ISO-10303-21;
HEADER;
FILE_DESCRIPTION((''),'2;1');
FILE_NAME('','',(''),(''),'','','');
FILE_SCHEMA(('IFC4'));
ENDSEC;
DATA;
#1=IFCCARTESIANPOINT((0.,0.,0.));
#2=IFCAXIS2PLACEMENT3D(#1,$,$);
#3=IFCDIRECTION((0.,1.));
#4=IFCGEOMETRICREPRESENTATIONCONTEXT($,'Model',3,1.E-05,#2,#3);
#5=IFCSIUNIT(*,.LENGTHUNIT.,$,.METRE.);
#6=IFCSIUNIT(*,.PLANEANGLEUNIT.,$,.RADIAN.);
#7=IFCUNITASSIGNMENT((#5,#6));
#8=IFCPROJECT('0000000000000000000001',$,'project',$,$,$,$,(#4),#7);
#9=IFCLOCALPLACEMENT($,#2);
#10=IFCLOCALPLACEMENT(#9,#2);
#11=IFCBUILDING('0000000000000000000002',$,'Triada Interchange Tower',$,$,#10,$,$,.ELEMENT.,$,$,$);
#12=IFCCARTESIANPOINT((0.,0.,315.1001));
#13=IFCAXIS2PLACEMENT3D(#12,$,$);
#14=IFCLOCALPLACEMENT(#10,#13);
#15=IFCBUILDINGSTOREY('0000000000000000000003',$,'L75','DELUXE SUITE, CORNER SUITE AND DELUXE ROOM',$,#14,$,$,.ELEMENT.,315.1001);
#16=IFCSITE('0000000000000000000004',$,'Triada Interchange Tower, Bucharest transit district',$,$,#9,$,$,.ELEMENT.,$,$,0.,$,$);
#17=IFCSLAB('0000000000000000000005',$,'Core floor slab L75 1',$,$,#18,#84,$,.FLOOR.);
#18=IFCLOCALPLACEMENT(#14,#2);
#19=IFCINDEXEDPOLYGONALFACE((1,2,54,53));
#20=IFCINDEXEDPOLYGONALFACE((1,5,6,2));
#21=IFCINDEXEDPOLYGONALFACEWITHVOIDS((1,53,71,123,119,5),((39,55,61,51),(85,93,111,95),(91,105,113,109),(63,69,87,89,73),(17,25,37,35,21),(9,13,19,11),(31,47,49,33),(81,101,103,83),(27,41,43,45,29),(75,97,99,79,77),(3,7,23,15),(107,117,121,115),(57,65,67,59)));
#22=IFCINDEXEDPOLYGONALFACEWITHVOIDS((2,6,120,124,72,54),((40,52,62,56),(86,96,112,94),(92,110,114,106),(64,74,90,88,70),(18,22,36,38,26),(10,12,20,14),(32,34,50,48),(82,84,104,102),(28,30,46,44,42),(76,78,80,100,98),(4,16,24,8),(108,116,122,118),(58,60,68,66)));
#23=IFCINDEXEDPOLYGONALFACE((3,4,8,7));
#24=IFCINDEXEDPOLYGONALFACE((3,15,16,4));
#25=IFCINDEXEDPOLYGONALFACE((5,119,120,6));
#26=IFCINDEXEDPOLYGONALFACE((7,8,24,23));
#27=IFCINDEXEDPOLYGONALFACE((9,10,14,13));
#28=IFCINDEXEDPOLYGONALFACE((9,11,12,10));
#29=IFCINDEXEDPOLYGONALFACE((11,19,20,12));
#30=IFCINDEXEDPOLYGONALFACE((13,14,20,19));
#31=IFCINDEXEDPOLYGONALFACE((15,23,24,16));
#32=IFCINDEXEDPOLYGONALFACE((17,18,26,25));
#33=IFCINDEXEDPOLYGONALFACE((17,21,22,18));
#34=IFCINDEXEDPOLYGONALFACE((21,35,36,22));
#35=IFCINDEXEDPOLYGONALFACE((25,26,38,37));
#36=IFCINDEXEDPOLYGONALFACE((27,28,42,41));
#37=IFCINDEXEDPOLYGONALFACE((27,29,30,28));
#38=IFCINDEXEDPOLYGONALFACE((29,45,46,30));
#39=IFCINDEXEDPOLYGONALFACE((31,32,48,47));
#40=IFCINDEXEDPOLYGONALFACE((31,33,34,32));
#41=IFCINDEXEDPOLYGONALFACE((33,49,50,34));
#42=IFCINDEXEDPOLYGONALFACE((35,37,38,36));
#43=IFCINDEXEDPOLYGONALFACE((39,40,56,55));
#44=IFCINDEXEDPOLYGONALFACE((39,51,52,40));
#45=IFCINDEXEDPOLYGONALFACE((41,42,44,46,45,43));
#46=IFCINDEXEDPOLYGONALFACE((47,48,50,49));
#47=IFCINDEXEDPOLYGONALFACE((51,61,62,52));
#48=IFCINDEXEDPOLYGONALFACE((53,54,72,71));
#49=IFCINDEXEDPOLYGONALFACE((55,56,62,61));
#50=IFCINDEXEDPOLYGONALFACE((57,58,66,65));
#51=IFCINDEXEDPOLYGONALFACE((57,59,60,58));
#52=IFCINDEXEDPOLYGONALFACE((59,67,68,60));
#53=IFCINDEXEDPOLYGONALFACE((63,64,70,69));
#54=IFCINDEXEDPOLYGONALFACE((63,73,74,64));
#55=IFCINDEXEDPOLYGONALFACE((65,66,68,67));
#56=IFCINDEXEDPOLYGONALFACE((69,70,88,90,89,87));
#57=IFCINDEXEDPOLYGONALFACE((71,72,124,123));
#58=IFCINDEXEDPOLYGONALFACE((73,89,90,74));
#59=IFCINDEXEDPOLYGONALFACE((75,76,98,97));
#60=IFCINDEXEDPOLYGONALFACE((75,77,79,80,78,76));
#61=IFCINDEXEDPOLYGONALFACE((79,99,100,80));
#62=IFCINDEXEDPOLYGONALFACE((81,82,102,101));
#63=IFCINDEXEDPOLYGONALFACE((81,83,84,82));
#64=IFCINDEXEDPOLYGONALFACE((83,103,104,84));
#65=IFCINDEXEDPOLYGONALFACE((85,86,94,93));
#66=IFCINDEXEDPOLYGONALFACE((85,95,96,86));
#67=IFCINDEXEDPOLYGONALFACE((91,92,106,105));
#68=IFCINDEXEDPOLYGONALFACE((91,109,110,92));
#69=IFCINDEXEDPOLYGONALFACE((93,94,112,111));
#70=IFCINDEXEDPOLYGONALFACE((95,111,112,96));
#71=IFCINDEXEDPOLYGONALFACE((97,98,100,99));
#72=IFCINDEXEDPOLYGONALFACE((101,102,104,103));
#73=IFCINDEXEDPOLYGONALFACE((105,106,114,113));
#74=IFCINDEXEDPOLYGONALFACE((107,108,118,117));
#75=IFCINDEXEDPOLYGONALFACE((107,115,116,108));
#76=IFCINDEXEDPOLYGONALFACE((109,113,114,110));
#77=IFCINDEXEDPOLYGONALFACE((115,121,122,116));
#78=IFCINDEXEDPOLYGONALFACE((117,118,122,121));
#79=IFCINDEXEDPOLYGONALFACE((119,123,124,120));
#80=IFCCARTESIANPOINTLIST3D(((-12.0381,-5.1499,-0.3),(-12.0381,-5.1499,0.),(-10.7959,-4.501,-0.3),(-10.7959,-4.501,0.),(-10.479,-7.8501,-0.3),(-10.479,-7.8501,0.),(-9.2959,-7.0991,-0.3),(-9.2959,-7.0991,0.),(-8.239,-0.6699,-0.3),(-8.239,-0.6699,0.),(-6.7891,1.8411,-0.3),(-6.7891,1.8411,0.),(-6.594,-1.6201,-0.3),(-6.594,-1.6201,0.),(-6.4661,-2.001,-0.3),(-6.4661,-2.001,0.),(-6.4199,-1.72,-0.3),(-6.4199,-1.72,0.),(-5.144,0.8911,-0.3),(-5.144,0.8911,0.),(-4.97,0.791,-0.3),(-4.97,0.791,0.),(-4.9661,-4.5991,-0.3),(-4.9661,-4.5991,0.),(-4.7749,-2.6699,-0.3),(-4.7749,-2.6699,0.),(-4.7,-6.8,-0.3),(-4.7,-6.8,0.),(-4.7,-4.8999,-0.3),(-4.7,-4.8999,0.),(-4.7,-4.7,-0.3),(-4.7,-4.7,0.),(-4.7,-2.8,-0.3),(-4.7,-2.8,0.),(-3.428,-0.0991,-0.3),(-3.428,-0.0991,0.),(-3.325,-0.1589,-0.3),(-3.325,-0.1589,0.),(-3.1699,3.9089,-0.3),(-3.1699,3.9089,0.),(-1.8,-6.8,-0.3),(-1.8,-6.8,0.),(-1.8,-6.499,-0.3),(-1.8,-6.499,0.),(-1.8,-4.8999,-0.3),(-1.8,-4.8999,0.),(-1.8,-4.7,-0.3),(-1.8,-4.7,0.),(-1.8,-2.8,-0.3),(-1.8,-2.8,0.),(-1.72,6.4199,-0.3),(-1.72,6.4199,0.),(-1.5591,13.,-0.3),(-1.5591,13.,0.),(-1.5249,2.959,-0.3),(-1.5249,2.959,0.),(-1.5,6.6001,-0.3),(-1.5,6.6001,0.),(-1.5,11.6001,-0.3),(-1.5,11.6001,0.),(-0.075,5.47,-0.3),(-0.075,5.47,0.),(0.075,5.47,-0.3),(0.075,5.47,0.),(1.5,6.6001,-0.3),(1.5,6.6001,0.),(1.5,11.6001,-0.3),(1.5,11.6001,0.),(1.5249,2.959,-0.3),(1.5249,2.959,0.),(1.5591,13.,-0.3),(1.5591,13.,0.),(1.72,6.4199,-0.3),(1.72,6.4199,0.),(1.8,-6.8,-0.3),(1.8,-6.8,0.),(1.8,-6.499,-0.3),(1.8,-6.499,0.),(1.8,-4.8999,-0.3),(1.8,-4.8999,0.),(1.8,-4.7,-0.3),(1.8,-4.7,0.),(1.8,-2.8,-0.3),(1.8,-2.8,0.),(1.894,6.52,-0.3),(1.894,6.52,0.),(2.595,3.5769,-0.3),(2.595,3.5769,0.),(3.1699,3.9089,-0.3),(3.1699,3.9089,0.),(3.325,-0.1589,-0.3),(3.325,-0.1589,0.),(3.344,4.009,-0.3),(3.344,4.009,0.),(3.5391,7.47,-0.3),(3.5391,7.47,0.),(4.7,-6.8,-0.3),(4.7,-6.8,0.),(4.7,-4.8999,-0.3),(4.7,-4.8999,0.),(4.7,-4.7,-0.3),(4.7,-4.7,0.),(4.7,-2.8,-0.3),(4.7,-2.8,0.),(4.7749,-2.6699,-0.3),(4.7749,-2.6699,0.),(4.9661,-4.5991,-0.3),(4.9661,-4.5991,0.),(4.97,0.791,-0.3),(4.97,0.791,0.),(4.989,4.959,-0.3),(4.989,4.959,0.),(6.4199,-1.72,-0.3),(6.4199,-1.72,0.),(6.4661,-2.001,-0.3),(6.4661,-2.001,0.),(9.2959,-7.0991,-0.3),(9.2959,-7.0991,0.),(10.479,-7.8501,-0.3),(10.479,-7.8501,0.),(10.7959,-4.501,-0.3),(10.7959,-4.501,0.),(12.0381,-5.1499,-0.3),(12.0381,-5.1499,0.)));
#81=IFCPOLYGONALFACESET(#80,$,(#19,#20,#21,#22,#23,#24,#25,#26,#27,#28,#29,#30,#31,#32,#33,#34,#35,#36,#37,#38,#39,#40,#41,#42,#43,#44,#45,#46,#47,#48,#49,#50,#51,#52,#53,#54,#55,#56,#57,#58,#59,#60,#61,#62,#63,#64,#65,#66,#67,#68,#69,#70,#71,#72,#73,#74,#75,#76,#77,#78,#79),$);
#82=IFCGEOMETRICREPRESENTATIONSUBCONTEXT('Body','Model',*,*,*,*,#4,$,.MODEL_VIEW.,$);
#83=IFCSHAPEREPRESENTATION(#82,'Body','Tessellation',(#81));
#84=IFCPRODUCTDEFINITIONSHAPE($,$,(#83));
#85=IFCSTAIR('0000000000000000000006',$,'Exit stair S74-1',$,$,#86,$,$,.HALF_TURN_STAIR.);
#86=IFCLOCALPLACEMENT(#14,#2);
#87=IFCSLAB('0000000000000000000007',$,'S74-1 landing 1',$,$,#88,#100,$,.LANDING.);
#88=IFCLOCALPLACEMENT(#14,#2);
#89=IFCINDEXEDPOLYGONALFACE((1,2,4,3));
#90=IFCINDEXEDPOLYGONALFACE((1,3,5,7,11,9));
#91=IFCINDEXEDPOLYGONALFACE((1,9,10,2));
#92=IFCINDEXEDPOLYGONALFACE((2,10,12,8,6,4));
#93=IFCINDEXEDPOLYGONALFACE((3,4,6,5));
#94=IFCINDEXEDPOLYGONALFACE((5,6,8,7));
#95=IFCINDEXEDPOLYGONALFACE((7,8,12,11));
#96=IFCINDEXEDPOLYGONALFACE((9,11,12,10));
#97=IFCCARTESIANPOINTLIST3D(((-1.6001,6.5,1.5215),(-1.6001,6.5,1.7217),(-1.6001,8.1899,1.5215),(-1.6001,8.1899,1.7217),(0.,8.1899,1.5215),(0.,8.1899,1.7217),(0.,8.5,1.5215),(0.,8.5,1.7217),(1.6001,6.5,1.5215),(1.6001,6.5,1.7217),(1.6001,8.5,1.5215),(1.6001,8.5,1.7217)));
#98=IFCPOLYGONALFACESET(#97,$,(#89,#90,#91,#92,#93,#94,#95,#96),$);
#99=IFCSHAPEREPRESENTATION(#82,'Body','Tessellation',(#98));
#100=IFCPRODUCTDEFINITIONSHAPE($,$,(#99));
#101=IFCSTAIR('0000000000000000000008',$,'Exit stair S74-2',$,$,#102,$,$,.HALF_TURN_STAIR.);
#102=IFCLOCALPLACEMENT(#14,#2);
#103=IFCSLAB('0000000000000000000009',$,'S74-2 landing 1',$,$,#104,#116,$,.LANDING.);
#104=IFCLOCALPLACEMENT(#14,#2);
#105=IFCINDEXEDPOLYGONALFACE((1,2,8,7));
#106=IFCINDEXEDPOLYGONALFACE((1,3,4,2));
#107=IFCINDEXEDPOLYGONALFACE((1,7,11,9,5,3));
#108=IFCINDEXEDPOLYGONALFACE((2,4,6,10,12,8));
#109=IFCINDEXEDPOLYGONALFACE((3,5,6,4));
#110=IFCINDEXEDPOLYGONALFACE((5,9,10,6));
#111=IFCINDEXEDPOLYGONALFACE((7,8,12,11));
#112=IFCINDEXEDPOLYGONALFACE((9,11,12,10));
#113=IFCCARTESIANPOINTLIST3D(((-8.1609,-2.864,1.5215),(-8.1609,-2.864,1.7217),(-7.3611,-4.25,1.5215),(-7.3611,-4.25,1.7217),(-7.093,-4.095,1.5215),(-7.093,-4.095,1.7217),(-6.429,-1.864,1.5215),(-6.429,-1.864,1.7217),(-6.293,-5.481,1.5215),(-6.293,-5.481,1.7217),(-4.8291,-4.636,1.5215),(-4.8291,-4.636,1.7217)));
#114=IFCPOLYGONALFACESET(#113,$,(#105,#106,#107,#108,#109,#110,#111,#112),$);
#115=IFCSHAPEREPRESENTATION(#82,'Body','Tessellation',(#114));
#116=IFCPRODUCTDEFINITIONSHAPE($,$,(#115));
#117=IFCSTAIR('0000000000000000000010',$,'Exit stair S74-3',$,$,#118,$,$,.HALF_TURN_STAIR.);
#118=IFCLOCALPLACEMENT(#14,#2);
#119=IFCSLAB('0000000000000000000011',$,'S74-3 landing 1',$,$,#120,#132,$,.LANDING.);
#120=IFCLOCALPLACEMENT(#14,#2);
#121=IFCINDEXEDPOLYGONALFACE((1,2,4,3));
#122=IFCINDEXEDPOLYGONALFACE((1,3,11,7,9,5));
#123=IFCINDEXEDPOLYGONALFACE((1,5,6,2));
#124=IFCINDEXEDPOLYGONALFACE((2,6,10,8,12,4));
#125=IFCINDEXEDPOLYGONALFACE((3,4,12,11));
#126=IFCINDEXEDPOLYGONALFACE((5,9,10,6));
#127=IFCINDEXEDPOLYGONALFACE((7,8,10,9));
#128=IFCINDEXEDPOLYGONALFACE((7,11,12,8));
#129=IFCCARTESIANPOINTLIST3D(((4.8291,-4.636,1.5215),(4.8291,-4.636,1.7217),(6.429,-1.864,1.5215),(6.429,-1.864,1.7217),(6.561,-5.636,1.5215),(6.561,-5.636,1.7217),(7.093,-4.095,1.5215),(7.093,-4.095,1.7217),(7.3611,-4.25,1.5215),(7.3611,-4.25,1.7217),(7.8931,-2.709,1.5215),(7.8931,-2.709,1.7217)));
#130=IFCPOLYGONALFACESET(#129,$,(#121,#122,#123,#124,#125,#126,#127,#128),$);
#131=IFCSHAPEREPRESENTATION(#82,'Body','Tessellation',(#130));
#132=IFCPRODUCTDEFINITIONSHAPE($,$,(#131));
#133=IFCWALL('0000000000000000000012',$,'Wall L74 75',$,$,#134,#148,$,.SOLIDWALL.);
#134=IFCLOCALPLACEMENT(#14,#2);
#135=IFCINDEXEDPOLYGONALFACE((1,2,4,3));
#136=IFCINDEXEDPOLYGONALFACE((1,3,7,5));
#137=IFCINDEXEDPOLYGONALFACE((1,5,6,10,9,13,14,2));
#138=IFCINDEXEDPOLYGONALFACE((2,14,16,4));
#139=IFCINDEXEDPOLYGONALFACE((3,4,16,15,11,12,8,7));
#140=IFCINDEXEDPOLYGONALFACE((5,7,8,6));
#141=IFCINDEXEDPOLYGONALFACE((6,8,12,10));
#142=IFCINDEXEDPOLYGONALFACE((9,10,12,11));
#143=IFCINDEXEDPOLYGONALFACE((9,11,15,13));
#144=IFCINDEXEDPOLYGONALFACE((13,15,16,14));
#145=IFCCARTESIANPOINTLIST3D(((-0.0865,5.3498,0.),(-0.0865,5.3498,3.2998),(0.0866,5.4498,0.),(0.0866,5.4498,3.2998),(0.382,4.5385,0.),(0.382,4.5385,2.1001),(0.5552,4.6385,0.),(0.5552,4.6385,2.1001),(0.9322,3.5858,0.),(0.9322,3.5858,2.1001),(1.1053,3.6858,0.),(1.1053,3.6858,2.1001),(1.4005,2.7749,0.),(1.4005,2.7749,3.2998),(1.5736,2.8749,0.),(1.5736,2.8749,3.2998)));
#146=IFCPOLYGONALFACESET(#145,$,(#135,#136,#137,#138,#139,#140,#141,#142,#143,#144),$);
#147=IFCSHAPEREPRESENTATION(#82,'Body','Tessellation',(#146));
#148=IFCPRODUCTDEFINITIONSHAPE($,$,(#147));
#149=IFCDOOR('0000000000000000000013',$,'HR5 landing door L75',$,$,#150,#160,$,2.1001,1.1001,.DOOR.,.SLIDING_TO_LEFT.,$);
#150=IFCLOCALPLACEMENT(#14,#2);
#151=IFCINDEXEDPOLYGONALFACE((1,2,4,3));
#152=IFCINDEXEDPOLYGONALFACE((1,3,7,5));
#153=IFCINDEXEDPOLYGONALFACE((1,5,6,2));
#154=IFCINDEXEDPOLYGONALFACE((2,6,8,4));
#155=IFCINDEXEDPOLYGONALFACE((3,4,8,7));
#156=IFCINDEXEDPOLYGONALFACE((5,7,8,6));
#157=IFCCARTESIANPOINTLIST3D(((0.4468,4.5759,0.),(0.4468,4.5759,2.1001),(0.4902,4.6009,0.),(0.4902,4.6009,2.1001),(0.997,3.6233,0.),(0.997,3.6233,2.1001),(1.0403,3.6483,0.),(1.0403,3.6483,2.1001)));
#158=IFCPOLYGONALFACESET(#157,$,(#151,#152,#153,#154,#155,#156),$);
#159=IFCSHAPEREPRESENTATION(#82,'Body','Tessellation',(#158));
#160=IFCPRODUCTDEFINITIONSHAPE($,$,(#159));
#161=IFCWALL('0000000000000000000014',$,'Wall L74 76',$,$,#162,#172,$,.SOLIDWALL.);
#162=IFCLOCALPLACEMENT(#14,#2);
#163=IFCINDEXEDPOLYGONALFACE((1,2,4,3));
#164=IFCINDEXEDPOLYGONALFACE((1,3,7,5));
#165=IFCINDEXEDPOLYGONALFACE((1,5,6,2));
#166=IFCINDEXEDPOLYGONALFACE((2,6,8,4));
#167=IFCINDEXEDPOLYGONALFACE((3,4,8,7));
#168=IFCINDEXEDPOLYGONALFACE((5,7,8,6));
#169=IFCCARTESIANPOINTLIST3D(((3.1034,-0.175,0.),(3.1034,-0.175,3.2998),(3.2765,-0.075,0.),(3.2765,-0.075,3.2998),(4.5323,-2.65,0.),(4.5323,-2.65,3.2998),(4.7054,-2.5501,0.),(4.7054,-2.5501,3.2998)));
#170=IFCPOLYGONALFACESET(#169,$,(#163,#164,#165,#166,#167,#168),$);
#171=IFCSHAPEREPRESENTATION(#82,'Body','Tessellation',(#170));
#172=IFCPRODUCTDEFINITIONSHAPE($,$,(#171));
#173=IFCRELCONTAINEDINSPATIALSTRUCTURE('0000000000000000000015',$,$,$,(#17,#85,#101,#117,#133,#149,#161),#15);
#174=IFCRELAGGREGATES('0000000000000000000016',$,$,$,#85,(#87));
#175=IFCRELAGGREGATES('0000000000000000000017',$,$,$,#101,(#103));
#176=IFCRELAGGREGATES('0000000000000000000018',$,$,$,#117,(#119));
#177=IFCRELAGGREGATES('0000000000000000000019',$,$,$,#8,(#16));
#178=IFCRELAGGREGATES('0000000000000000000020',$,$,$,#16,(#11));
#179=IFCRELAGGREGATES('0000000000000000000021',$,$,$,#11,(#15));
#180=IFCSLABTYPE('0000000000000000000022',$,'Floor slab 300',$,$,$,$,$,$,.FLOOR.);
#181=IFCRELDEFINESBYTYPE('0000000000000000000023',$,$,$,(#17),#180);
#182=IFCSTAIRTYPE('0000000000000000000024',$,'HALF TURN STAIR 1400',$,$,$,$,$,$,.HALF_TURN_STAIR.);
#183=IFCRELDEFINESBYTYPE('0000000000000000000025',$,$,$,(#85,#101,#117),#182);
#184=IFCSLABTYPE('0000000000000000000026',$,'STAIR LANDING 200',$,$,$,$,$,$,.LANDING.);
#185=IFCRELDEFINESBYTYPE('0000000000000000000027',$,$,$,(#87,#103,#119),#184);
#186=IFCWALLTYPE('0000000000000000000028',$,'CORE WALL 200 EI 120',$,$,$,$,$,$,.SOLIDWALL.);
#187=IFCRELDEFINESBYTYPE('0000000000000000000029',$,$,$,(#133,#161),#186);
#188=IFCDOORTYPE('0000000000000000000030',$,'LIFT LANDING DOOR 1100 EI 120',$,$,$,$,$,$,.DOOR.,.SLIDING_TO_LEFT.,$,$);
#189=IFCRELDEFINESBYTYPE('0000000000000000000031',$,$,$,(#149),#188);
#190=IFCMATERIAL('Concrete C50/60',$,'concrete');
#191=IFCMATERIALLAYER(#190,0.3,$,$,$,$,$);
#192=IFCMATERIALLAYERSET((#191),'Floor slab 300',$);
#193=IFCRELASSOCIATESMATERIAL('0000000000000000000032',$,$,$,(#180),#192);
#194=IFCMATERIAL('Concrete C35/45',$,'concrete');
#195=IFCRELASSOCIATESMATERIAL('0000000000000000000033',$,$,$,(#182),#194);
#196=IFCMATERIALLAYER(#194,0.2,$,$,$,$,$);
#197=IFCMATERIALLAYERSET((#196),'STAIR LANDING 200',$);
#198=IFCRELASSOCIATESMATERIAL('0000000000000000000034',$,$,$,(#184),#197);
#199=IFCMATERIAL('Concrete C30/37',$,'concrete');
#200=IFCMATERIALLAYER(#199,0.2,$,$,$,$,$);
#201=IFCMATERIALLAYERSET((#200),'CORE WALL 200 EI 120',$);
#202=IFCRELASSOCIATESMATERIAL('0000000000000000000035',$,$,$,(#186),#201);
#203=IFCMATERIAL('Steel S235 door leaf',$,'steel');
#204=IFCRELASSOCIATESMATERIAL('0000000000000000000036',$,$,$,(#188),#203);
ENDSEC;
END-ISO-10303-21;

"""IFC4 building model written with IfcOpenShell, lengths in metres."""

from ifc_helpers import new_model, si_unit, direction, frame, frame_2d, origin, place, context, subcontext, project, spatial, polyline, rectangle, outline, extrude, material, layer, layer_set, type_object, element, fill, aggregate, save


model = new_model("IFC4")

# Units and contexts
model_context = context("Model", 3, precision=1e-05, world=origin(), true_north=direction((0.0, 1.0)))
body_context = subcontext(model_context, "Body", "Model", "MODEL_VIEW")
ifc_project = project(units=[si_unit("LENGTHUNIT", "METRE"), si_unit("PLANEANGLEUNIT", "RADIAN")], contexts=[model_context])

# Site, building, storey
site_placement = place(None, origin())
site = spatial("IfcSite", under=ifc_project, at=site_placement, Name="Triada Interchange Tower, Bucharest transit district", CompositionType="ELEMENT", RefElevation=0.0)
building_placement = place(site_placement, origin())
building = spatial("IfcBuilding", under=site, at=building_placement, Name="Triada Interchange Tower", CompositionType="ELEMENT")
storey_placement = place(building_placement, frame((0.0, 0.0, 315.1001)))
storey = spatial("IfcBuildingStorey", under=building, at=storey_placement, Name="L75", Description="DELUXE SUITE, CORNER SUITE AND DELUXE ROOM", CompositionType="ELEMENT", Elevation=315.1001)

# Slab
ifc_material_1 = material(Name="Concrete C50/60", Category="concrete")
ifc_layer_1 = layer(ifc_material_1, 0.3)
ifc_layer_set_1 = layer_set([ifc_layer_1], Name="Floor slab 300")
slab_type_1 = type_object("IfcSlabType", Name="Floor slab 300", PredefinedType="FLOOR", material=ifc_layer_set_1)
slab_1_placement = place(storey_placement, frame((0.0, 0.0, -0.3)))
element("IfcSlab", 1, at=slab_1_placement, inside=storey, type_object=slab_type_1, Name="Core floor slab L75 1", PredefinedType="FLOOR", context=body_context, shape_type="SweptSolid", body=[
    extrude(outline(polyline([(12.0381, -5.1499), (10.479, -7.8501), (-10.479, -7.8501), (-12.0381, -5.1499), (-1.5591, 13.0), (1.5591, 13.0), (12.0381, -5.1499)]), holes=[polyline([(9.2959, -7.0991), (10.7959, -4.501), (6.4661, -2.001), (4.9661, -4.5991), (9.2959, -7.0991)]), polyline([(4.97, 0.791), (3.325, -0.1589), (4.7749, -2.6699), (6.4199, -1.72), (4.97, 0.791)]), polyline([(1.894, 6.52), (3.344, 4.009), (4.989, 4.959), (3.5391, 7.47), (1.894, 6.52)]), polyline([(1.8, -4.8999), (1.8, -6.499), (1.8, -6.8), (4.7, -6.8), (4.7, -4.8999), (1.8, -4.8999)]), polyline([(4.7, -2.8), (1.8, -2.8), (1.8, -4.7), (4.7, -4.7), (4.7, -2.8)]), polyline([(1.5249, 2.959), (2.595, 3.5769), (3.1699, 3.9089), (1.72, 6.4199), (0.075, 5.47), (1.5249, 2.959)]), polyline([(-1.5, 11.6001), (-1.5, 6.6001), (1.5, 6.6001), (1.5, 11.6001), (-1.5, 11.6001)]), polyline([(-1.5249, 2.959), (-0.075, 5.47), (-1.72, 6.4199), (-3.1699, 3.9089), (-1.5249, 2.959)]), polyline([(-1.8, -2.8), (-4.7, -2.8), (-4.7, -4.7), (-1.8, -4.7), (-1.8, -2.8)]), polyline([(-4.7, -6.8), (-1.8, -6.8), (-1.8, -6.499), (-1.8, -4.8999), (-4.7, -4.8999), (-4.7, -6.8)]), polyline([(-3.428, -0.0991), (-4.97, 0.791), (-6.4199, -1.72), (-4.7749, -2.6699), (-3.325, -0.1589), (-3.428, -0.0991)]), polyline([(-10.7959, -4.501), (-9.2959, -7.0991), (-4.9661, -4.5991), (-6.4661, -2.001), (-10.7959, -4.501)]), polyline([(-6.594, -1.6201), (-5.144, 0.8911), (-6.7891, 1.8411), (-8.239, -0.6699), (-6.594, -1.6201)])]), origin(), (0.0, 0.0, 1.0), 0.3),
])

# Stairs, slabs
ifc_material_2 = material(Name="Concrete C35/45", Category="concrete")
stair_type = type_object("IfcStairType", Name="HALF TURN STAIR 1400", PredefinedType="HALF_TURN_STAIR", material=ifc_material_2)
stair_1_placement = place(storey_placement, origin())
stair_1 = element("IfcStair", 2, at=stair_1_placement, inside=storey, type_object=stair_type, Name="Exit stair S74-1", PredefinedType="HALF_TURN_STAIR")
ifc_layer_2 = layer(ifc_material_2, 0.2)
ifc_layer_set_2 = layer_set([ifc_layer_2], Name="STAIR LANDING 200")
slab_type_2 = type_object("IfcSlabType", Name="STAIR LANDING 200", PredefinedType="LANDING", material=ifc_layer_set_2)
slab_2_placement = place(storey_placement, frame((0.0, 0.0, 1.5215)))
slab_2 = element("IfcSlab", 3, at=slab_2_placement, type_object=slab_type_2, Name="S74-1 landing 1", PredefinedType="LANDING", context=body_context, shape_type="SweptSolid", body=[
    extrude(outline(polyline([(1.6001, 6.5), (1.6001, 8.5), (0.0, 8.5), (0.0, 8.1899), (-1.6001, 8.1899), (-1.6001, 6.5), (1.6001, 6.5)])), origin(), (0.0, 0.0, 1.0), 0.2002),
])
aggregate(stair_1, [slab_2])
stair_2_placement = place(storey_placement, origin())
stair_2 = element("IfcStair", 4, at=stair_2_placement, inside=storey, type_object=stair_type, Name="Exit stair S74-2", PredefinedType="HALF_TURN_STAIR")
slab_3_placement = place(storey_placement, frame((0.0, 0.0, 1.5215)))
slab_3 = element("IfcSlab", 5, at=slab_3_placement, type_object=slab_type_2, Name="S74-2 landing 1", PredefinedType="LANDING", context=body_context, shape_type="SweptSolid", body=[
    extrude(outline(polyline([(-6.429, -1.864), (-8.1609, -2.864), (-7.3611, -4.25), (-7.093, -4.095), (-6.293, -5.481), (-4.8291, -4.636), (-6.429, -1.864)])), origin(), (0.0, 0.0, 1.0), 0.2002),
])
aggregate(stair_2, [slab_3])
stair_3_placement = place(storey_placement, origin())
stair_3 = element("IfcStair", 6, at=stair_3_placement, inside=storey, type_object=stair_type, Name="Exit stair S74-3", PredefinedType="HALF_TURN_STAIR")
slab_4_placement = place(storey_placement, frame((0.0, 0.0, 1.5215)))
slab_4 = element("IfcSlab", 7, at=slab_4_placement, type_object=slab_type_2, Name="S74-3 landing 1", PredefinedType="LANDING", context=body_context, shape_type="SweptSolid", body=[
    extrude(outline(polyline([(4.8291, -4.636), (6.561, -5.636), (7.3611, -4.25), (7.093, -4.095), (7.8931, -2.709), (6.429, -1.864), (4.8291, -4.636)])), origin(), (0.0, 0.0, 1.0), 0.2002),
])
aggregate(stair_3, [slab_4])

# Wall, opening, door
ifc_material_3 = material(Name="Concrete C30/37", Category="concrete")
ifc_layer_3 = layer(ifc_material_3, 0.2)
ifc_layer_set_3 = layer_set([ifc_layer_3], Name="CORE WALL 200 EI 120")
wall_type_1 = type_object("IfcWallType", Name="CORE WALL 200 EI 120", PredefinedType="SOLIDWALL", material=ifc_layer_set_3)
wall_1_placement = place(storey_placement, frame((0.0, 5.3999, 0.0), z_axis=(0.0, 0.0, 1.0), x_axis=(0.500104, -0.865965, 0.0)))
wall_1 = element("IfcWall", 8, at=wall_1_placement, inside=storey, type_object=wall_type_1, Name="Wall L74 75", PredefinedType="SOLIDWALL", context=body_context, shape_type="SweptSolid", body=[
    extrude(rectangle(XDim=2.9734, YDim=0.2, at=frame_2d((1.4868, 0.0))), origin(), (0.0, 0.0, 1.0), 3.2998),
])
opening_1_placement = place(wall_1_placement, frame((0.937, 0.0, 0.0)))
opening_1 = element("IfcOpeningElement", 9, at=opening_1_placement, cuts=wall_1, PredefinedType="OPENING", context=body_context, shape_type="SweptSolid", body=[
    extrude(rectangle(XDim=1.1001, YDim=2.1001, at=frame_2d((0.55, 1.05))), frame((0.0, 0.1099, 0.0), z_axis=(0.0, -1.0, 0.0), x_axis=(1.0, 0.0, 0.0)), (0.0, 0.0, 1.0), 0.22),
])
ifc_material_4 = material(Name="Steel S235 door leaf", Category="steel")
door_type_1 = type_object("IfcDoorType", Name="LIFT LANDING DOOR 1100 EI 120", OperationType="SLIDING_TO_LEFT", PredefinedType="DOOR", material=ifc_material_4)
door_1_placement = place(opening_1_placement, origin())
door_1 = element("IfcDoor", 10, at=door_1_placement, inside=storey, type_object=door_type_1, Name="HR5 landing door L75", OperationType="SLIDING_TO_LEFT", OverallHeight=2.1001, OverallWidth=1.1001, PredefinedType="DOOR", context=body_context, shape_type="SweptSolid", body=[
    extrude(rectangle(XDim=1.1001, YDim=2.1001, at=frame_2d((0.55, 1.05))), frame((0.0, 0.0249, 0.0), z_axis=(0.0, -1.0, 0.0), x_axis=(1.0, 0.0, 0.0)), (0.0, 0.0, 1.0), 0.05),
])
fill(opening_1, door_1)

# Wall
wall_2_placement = place(storey_placement, frame((3.1899, -0.125, 0.0), z_axis=(0.0, 0.0, 1.0), x_axis=(0.499989, -0.866032, 0.0)))
element("IfcWall", 11, at=wall_2_placement, inside=storey, type_object=wall_type_1, Name="Wall L74 76", PredefinedType="SOLIDWALL", context=body_context, shape_type="SweptSolid", body=[
    extrude(rectangle(XDim=2.8579, YDim=0.2, at=frame_2d((1.429, 0.0))), origin(), (0.0, 0.0, 1.0), 3.2998),
])

save(model, "model.ifc")
